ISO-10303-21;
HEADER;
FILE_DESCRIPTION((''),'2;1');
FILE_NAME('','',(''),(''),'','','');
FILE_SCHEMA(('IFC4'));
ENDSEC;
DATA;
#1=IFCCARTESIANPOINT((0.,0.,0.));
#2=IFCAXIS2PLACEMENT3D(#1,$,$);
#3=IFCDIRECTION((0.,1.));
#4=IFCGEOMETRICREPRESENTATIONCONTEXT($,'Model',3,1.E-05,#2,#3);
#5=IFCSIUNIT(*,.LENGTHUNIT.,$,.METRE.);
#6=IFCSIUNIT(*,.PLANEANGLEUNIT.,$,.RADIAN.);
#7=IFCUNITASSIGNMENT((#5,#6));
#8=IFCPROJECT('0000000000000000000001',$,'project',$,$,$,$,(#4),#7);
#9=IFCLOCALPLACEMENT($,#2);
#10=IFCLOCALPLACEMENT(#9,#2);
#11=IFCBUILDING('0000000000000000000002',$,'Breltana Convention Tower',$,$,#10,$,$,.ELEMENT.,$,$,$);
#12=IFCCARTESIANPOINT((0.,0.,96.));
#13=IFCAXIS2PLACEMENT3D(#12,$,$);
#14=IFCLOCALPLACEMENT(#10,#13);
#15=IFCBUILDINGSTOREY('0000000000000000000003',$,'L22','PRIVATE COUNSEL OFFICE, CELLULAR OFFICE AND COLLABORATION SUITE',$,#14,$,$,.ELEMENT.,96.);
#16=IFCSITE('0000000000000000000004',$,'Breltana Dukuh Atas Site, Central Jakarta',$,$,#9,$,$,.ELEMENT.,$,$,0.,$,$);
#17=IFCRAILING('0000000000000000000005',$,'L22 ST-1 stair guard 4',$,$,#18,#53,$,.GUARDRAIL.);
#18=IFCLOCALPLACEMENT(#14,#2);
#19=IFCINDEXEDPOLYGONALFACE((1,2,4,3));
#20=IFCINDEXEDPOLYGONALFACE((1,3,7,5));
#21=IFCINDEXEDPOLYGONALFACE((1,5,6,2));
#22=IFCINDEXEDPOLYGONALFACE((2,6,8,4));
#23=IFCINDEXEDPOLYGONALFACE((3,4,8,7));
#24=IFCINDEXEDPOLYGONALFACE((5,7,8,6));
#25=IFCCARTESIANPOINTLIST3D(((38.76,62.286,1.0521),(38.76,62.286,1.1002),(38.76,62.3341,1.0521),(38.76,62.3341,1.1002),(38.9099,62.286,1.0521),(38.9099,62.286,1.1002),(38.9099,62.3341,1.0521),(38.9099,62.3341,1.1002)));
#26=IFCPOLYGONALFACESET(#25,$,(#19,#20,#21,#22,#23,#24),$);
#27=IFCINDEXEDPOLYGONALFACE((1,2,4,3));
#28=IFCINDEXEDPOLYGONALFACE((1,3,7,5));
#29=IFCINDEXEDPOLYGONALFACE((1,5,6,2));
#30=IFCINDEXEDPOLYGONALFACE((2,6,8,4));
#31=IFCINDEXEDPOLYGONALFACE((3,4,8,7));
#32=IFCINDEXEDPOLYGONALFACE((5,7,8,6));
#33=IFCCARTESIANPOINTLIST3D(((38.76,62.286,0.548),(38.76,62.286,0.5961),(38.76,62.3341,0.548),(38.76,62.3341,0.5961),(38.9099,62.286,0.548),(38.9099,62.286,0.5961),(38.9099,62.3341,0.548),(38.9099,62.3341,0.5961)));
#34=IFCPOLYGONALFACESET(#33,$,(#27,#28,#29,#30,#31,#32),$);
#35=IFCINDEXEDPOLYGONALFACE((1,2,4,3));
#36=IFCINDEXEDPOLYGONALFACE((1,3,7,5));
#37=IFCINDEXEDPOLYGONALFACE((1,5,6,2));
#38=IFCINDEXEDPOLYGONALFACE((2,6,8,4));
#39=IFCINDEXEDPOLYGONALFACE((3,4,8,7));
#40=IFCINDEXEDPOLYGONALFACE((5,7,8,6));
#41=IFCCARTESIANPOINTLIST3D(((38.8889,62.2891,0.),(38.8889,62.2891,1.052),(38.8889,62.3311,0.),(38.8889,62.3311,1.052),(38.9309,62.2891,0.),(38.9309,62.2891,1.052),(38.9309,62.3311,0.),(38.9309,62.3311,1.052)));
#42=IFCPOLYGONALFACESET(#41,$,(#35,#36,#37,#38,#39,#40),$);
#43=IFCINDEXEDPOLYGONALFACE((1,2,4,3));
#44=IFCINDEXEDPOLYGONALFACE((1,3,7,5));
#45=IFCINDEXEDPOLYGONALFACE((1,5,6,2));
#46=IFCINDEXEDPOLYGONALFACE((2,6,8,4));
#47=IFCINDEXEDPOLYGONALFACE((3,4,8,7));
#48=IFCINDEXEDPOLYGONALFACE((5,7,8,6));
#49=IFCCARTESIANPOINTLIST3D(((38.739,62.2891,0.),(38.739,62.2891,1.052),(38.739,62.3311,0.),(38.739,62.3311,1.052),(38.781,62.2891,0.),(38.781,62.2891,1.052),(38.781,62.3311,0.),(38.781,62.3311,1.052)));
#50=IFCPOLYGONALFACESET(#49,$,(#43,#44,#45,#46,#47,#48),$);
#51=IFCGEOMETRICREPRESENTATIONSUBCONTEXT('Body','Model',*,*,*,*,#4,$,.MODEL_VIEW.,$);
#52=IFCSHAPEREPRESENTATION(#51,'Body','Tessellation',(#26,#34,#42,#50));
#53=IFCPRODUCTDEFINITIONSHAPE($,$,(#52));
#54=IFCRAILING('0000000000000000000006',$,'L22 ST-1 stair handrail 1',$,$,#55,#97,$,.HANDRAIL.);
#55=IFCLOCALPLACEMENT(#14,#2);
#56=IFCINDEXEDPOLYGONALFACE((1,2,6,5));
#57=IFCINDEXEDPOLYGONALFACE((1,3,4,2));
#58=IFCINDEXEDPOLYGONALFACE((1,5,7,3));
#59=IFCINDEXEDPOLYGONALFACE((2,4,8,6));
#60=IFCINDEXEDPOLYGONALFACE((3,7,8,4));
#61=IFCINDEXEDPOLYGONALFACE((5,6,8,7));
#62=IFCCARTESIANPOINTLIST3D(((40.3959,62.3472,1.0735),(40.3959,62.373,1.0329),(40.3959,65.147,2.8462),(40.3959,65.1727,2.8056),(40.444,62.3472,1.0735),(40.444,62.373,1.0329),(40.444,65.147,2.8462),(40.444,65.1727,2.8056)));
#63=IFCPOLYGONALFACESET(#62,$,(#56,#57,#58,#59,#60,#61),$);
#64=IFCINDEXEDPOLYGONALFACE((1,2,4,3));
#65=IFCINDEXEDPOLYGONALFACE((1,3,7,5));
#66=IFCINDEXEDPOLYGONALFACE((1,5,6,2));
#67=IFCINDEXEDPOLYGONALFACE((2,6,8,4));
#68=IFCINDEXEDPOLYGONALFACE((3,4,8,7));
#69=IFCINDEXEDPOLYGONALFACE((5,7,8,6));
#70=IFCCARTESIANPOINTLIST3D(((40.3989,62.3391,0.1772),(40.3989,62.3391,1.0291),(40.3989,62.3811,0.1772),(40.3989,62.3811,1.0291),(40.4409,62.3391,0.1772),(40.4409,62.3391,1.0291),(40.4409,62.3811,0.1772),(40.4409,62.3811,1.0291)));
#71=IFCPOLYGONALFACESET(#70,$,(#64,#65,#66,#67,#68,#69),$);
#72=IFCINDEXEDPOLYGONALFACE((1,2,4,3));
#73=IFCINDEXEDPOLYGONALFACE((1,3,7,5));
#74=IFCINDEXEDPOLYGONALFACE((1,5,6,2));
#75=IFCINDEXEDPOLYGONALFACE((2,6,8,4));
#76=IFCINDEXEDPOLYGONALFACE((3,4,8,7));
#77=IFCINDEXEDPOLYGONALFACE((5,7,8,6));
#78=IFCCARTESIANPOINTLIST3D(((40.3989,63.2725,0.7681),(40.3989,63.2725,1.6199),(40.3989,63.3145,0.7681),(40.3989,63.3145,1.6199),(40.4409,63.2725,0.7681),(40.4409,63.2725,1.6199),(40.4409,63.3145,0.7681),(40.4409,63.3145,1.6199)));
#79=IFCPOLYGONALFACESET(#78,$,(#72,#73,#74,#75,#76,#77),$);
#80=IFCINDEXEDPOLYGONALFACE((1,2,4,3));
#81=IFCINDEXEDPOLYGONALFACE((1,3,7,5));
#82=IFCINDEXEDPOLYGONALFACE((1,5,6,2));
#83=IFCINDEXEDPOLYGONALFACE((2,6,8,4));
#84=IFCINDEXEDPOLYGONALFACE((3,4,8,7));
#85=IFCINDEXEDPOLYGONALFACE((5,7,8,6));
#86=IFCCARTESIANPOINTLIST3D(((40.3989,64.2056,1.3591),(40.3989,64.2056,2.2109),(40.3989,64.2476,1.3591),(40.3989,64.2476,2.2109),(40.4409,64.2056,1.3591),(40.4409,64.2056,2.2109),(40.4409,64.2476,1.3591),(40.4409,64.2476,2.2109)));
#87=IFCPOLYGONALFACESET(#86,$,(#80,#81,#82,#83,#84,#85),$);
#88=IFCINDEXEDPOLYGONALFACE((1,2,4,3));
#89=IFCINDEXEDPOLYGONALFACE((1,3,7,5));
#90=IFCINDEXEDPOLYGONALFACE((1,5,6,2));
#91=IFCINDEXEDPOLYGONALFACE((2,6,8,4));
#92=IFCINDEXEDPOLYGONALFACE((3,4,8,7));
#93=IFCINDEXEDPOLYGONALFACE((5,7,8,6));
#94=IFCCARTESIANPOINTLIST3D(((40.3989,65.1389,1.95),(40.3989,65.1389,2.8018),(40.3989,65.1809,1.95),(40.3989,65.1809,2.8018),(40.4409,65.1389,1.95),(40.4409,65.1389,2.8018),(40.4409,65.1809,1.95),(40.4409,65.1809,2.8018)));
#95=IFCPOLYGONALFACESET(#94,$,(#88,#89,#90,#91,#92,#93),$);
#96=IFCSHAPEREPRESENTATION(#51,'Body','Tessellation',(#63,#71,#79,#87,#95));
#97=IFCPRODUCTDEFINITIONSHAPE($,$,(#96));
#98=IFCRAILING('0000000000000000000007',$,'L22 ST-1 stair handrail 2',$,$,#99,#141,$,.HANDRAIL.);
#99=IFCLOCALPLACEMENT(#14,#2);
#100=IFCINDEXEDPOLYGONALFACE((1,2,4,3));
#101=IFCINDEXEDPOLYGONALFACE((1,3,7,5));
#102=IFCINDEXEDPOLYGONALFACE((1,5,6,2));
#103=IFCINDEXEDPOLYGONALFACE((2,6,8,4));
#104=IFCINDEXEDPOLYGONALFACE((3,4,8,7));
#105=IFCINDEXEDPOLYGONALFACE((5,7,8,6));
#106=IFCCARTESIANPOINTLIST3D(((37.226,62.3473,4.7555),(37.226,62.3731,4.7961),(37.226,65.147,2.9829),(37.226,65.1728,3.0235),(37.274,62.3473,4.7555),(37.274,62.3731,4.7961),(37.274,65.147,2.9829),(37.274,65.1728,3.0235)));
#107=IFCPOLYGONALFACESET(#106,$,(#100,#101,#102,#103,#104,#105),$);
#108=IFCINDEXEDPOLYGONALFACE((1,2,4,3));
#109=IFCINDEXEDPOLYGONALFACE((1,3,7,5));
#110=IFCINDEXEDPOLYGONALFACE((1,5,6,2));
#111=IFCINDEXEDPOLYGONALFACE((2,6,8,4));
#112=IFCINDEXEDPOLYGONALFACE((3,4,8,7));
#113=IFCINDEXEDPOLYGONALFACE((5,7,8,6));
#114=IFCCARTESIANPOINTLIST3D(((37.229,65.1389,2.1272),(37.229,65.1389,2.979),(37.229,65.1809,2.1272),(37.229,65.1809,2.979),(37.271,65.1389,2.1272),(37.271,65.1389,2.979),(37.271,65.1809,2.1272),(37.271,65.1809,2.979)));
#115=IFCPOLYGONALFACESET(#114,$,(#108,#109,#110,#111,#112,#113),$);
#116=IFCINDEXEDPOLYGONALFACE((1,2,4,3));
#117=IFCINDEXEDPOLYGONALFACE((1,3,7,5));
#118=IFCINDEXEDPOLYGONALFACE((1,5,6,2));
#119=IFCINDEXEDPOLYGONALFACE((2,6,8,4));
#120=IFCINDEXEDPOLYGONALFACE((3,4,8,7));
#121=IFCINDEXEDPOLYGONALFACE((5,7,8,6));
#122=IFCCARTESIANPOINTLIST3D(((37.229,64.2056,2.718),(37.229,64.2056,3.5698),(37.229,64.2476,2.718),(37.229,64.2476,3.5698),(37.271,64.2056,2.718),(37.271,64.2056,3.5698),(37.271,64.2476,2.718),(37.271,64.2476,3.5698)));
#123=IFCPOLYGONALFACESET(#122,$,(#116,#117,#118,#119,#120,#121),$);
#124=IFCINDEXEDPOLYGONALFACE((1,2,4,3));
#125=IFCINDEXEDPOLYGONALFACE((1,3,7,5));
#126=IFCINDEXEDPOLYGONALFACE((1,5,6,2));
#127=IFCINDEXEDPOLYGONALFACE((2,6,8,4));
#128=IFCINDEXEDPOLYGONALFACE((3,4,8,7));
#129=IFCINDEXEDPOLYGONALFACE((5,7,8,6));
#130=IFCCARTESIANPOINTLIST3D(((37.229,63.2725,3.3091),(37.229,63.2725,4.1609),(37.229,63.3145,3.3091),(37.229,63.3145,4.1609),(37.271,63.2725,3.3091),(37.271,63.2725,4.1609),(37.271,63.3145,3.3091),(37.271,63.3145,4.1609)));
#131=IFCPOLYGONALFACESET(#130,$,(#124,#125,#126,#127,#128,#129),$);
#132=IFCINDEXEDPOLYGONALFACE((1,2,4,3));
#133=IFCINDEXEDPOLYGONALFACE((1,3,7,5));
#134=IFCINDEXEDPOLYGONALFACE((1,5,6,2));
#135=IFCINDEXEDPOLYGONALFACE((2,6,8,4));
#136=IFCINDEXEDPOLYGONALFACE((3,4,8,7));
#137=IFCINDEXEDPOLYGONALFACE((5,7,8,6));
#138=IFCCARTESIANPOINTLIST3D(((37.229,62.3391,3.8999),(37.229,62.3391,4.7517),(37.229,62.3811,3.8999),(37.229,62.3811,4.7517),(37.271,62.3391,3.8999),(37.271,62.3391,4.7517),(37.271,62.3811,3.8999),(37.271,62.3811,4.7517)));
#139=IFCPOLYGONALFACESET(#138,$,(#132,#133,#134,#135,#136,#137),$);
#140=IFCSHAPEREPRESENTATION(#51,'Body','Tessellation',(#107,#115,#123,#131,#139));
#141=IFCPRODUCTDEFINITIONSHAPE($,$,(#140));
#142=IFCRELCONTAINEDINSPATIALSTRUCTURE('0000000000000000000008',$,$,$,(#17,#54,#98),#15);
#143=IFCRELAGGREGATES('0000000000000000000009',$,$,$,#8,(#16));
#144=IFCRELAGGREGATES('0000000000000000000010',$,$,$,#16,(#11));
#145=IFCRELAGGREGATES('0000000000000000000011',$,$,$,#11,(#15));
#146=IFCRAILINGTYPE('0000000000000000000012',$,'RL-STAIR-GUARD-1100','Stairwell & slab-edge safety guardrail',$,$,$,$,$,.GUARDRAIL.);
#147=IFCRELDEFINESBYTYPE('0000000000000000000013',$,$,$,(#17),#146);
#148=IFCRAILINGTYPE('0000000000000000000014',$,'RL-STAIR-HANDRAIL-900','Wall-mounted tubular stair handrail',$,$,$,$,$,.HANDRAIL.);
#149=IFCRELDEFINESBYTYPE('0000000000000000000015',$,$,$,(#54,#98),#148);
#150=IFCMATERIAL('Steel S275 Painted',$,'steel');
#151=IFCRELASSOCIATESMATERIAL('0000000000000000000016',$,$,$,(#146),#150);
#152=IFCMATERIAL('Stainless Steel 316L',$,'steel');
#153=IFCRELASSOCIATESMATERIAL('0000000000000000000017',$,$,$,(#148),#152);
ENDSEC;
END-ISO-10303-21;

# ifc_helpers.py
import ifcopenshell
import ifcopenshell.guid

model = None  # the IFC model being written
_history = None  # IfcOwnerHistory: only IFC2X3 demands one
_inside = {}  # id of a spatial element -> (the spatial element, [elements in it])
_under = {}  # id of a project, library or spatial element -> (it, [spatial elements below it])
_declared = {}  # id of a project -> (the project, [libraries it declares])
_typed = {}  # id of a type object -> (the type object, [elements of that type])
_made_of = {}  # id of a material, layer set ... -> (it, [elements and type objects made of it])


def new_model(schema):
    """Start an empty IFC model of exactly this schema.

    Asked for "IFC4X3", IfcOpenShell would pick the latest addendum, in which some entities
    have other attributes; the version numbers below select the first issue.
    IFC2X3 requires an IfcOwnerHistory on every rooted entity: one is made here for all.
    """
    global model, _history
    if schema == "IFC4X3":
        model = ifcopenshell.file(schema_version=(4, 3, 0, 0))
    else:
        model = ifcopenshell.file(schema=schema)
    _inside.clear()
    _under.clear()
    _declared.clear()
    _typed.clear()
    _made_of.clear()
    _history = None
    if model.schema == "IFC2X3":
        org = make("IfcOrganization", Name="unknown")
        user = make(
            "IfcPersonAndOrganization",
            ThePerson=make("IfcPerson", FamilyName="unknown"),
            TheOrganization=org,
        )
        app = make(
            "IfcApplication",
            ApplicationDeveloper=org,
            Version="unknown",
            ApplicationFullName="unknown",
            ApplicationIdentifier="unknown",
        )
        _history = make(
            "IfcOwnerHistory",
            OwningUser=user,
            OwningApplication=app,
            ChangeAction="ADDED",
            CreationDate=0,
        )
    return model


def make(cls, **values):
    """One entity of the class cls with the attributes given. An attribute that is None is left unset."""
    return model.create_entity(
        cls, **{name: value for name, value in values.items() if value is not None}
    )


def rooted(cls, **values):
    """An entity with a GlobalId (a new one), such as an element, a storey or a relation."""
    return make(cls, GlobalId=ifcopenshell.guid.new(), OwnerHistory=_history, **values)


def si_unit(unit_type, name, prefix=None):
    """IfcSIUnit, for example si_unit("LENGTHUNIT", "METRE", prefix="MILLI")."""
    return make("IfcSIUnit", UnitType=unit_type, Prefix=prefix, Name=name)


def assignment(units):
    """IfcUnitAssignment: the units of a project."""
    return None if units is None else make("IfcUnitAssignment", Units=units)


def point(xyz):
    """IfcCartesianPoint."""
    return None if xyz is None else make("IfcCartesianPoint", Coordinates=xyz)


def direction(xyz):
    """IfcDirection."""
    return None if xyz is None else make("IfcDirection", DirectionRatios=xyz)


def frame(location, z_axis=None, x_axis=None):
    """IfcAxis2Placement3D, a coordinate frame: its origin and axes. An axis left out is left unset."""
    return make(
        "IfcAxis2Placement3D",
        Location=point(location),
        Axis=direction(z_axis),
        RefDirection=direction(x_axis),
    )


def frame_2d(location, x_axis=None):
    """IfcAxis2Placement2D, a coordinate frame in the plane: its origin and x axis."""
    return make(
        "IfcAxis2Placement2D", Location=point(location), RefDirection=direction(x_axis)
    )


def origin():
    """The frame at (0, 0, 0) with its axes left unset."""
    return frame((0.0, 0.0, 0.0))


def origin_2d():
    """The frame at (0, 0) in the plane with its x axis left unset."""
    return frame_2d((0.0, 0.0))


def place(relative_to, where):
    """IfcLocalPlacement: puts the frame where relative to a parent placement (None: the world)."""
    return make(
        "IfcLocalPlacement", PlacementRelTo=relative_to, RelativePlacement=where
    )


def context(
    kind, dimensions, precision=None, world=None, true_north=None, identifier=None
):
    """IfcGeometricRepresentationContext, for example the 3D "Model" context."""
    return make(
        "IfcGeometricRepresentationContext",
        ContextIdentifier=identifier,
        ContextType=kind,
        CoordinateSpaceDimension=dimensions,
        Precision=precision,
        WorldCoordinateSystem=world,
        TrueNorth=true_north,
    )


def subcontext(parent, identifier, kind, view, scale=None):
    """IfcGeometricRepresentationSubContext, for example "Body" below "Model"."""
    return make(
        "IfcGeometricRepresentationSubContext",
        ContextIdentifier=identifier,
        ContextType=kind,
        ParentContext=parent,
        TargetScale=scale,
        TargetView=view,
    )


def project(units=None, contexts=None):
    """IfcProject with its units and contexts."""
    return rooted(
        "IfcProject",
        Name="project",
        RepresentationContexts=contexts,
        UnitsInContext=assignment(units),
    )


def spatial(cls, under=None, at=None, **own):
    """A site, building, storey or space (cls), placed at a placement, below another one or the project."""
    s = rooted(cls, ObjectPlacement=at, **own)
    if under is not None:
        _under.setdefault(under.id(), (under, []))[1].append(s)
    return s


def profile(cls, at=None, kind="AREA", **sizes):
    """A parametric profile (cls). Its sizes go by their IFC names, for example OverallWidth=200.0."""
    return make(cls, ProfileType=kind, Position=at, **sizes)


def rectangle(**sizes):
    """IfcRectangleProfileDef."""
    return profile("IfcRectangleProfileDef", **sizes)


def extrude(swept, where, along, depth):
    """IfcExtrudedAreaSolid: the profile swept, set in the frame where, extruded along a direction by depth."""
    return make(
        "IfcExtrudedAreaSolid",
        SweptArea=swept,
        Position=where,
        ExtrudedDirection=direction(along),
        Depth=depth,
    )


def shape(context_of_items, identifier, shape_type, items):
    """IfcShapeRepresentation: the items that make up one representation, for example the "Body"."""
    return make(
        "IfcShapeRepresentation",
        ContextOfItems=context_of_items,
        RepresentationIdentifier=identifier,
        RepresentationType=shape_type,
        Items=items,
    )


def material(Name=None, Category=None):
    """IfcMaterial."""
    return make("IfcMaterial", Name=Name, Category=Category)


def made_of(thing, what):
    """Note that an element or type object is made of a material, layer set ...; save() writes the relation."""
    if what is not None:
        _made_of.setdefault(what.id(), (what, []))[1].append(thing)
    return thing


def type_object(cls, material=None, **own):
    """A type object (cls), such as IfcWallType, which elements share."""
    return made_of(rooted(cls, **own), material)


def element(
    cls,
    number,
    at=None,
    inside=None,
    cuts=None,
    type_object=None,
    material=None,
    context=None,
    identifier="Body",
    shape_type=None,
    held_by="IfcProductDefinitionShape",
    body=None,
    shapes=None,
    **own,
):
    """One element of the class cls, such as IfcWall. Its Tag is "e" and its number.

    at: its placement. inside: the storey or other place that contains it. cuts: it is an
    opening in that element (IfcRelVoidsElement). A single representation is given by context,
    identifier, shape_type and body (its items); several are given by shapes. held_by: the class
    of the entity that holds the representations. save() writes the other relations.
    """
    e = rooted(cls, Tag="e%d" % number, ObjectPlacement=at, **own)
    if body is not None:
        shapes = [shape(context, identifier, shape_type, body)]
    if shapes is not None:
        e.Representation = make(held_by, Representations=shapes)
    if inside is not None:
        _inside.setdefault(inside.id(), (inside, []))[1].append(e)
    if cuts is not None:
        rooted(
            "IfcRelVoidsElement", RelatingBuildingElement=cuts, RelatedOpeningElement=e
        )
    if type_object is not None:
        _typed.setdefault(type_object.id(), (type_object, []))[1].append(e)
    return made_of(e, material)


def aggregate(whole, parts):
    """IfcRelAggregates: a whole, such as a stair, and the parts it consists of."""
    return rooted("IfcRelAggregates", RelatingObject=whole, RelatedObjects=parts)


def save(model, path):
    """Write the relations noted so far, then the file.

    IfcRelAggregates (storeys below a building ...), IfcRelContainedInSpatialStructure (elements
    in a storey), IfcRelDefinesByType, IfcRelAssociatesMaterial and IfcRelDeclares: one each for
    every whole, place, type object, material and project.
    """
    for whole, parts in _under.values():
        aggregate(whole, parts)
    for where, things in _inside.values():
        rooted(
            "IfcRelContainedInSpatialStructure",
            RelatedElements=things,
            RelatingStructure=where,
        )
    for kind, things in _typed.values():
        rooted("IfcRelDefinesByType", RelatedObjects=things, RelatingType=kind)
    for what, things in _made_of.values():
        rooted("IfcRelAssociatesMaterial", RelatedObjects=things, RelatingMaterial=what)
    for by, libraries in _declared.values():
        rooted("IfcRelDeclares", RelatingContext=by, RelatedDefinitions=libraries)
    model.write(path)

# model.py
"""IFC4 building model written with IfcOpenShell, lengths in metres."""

from ifc_helpers import new_model, si_unit, direction, frame, origin, origin_2d, place, context, subcontext, project, spatial, rectangle, extrude, material, type_object, element, save


model = new_model("IFC4")

# Units and contexts
model_context = context("Model", 3, precision=1e-05, world=origin(), true_north=direction((0.0, 1.0)))
body_context = subcontext(model_context, "Body", "Model", "MODEL_VIEW")
ifc_project = project(units=[si_unit("LENGTHUNIT", "METRE"), si_unit("PLANEANGLEUNIT", "RADIAN")], contexts=[model_context])

# Site, building, storey
site_placement = place(None, origin())
site = spatial("IfcSite", under=ifc_project, at=site_placement, Name="Breltana Dukuh Atas Site, Central Jakarta", CompositionType="ELEMENT", RefElevation=0.0)
building_placement = place(site_placement, origin())
building = spatial("IfcBuilding", under=site, at=building_placement, Name="Breltana Convention Tower", CompositionType="ELEMENT")
storey_placement = place(building_placement, frame((0.0, 0.0, 96.0)))
storey = spatial("IfcBuildingStorey", under=building, at=storey_placement, Name="L22", Description="PRIVATE COUNSEL OFFICE, CELLULAR OFFICE AND COLLABORATION SUITE", CompositionType="ELEMENT", Elevation=96.0)

# Railings
ifc_material_1 = material(Name="Steel S275 Painted", Category="steel")
railing_type_1 = type_object("IfcRailingType", Name="RL-STAIR-GUARD-1100", Description="Stairwell & slab-edge safety guardrail", PredefinedType="GUARDRAIL", material=ifc_material_1)
railing_1_placement = place(storey_placement, frame((38.9099, 62.3101, 0.0)))
element("IfcRailing", 1, at=railing_1_placement, inside=storey, type_object=railing_type_1, Name="L22 ST-1 stair guard 4", PredefinedType="GUARDRAIL", context=body_context, shape_type="SweptSolid", body=[
    extrude(rectangle(XDim=0.0481, YDim=0.0481, at=origin_2d()), frame((0.0, 0.0, 1.0762), z_axis=(-1.0, 0.0, 0.0), x_axis=(0.0, -1.0, 0.0)), (0.0, 0.0, 1.0), 0.1499),
    extrude(rectangle(XDim=0.0481, YDim=0.0481, at=origin_2d()), frame((0.0, 0.0, 0.572), z_axis=(-1.0, 0.0, 0.0), x_axis=(0.0, -1.0, 0.0)), (0.0, 0.0, 1.0), 0.1499),
    extrude(rectangle(XDim=0.042, YDim=0.042, at=origin_2d()), origin(), (0.0, 0.0, 1.0), 1.052),
    extrude(rectangle(XDim=0.042, YDim=0.042, at=origin_2d()), frame((-0.1499, 0.0, 0.0)), (0.0, 0.0, 1.0), 1.052),
])
ifc_material_2 = material(Name="Stainless Steel 316L", Category="steel")
railing_type_2 = type_object("IfcRailingType", Name="RL-STAIR-HANDRAIL-900", Description="Wall-mounted tubular stair handrail", PredefinedType="HANDRAIL", material=ifc_material_2)
railing_2_placement = place(storey_placement, frame((40.4199, 62.3601, 0.1772)))
element("IfcRailing", 2, at=railing_2_placement, inside=storey, type_object=railing_type_2, Name="L22 ST-1 stair handrail 1", PredefinedType="HANDRAIL", context=body_context, shape_type="SweptSolid", body=[
    extrude(rectangle(XDim=0.0481, YDim=0.0481, at=origin_2d()), frame((0.0, 0.0, 0.876), z_axis=(0.0, 0.844888, 0.534943), x_axis=(-1.0, 0.0, 0.0)), (0.0, 0.0, 1.0), 3.3137),
    extrude(rectangle(XDim=0.042, YDim=0.042, at=origin_2d()), origin(), (0.0, 0.0, 1.0), 0.8518),
    extrude(rectangle(XDim=0.042, YDim=0.042, at=origin_2d()), frame((0.0, 0.9333, 0.5908)), (0.0, 0.0, 1.0), 0.8518),
    extrude(rectangle(XDim=0.042, YDim=0.042, at=origin_2d()), frame((0.0, 1.8665, 1.1819)), (0.0, 0.0, 1.0), 0.8518),
    extrude(rectangle(XDim=0.042, YDim=0.042, at=origin_2d()), frame((0.0, 2.7998, 1.7727)), (0.0, 0.0, 1.0), 0.8518),
])
railing_3_placement = place(storey_placement, frame((37.25, 65.1599, 2.1272)))
element("IfcRailing", 3, at=railing_3_placement, inside=storey, type_object=railing_type_2, Name="L22 ST-1 stair handrail 2", PredefinedType="HANDRAIL", context=body_context, shape_type="SweptSolid", body=[
    extrude(rectangle(XDim=0.0481, YDim=0.0481, at=origin_2d()), frame((0.0, 0.0, 0.876), z_axis=(0.0, -0.844888, 0.534943), x_axis=(1.0, 0.0, 0.0)), (0.0, 0.0, 1.0), 3.3137),
    extrude(rectangle(XDim=0.042, YDim=0.042, at=origin_2d()), origin(), (0.0, 0.0, 1.0), 0.8518),
    extrude(rectangle(XDim=0.042, YDim=0.042, at=origin_2d()), frame((0.0, -0.9333, 0.5908)), (0.0, 0.0, 1.0), 0.8518),
    extrude(rectangle(XDim=0.042, YDim=0.042, at=origin_2d()), frame((0.0, -1.8665, 1.1819)), (0.0, 0.0, 1.0), 0.8518),
    extrude(rectangle(XDim=0.042, YDim=0.042, at=origin_2d()), frame((0.0, -2.7998, 1.7727)), (0.0, 0.0, 1.0), 0.8518),
])

save(model, "model.ifc")
